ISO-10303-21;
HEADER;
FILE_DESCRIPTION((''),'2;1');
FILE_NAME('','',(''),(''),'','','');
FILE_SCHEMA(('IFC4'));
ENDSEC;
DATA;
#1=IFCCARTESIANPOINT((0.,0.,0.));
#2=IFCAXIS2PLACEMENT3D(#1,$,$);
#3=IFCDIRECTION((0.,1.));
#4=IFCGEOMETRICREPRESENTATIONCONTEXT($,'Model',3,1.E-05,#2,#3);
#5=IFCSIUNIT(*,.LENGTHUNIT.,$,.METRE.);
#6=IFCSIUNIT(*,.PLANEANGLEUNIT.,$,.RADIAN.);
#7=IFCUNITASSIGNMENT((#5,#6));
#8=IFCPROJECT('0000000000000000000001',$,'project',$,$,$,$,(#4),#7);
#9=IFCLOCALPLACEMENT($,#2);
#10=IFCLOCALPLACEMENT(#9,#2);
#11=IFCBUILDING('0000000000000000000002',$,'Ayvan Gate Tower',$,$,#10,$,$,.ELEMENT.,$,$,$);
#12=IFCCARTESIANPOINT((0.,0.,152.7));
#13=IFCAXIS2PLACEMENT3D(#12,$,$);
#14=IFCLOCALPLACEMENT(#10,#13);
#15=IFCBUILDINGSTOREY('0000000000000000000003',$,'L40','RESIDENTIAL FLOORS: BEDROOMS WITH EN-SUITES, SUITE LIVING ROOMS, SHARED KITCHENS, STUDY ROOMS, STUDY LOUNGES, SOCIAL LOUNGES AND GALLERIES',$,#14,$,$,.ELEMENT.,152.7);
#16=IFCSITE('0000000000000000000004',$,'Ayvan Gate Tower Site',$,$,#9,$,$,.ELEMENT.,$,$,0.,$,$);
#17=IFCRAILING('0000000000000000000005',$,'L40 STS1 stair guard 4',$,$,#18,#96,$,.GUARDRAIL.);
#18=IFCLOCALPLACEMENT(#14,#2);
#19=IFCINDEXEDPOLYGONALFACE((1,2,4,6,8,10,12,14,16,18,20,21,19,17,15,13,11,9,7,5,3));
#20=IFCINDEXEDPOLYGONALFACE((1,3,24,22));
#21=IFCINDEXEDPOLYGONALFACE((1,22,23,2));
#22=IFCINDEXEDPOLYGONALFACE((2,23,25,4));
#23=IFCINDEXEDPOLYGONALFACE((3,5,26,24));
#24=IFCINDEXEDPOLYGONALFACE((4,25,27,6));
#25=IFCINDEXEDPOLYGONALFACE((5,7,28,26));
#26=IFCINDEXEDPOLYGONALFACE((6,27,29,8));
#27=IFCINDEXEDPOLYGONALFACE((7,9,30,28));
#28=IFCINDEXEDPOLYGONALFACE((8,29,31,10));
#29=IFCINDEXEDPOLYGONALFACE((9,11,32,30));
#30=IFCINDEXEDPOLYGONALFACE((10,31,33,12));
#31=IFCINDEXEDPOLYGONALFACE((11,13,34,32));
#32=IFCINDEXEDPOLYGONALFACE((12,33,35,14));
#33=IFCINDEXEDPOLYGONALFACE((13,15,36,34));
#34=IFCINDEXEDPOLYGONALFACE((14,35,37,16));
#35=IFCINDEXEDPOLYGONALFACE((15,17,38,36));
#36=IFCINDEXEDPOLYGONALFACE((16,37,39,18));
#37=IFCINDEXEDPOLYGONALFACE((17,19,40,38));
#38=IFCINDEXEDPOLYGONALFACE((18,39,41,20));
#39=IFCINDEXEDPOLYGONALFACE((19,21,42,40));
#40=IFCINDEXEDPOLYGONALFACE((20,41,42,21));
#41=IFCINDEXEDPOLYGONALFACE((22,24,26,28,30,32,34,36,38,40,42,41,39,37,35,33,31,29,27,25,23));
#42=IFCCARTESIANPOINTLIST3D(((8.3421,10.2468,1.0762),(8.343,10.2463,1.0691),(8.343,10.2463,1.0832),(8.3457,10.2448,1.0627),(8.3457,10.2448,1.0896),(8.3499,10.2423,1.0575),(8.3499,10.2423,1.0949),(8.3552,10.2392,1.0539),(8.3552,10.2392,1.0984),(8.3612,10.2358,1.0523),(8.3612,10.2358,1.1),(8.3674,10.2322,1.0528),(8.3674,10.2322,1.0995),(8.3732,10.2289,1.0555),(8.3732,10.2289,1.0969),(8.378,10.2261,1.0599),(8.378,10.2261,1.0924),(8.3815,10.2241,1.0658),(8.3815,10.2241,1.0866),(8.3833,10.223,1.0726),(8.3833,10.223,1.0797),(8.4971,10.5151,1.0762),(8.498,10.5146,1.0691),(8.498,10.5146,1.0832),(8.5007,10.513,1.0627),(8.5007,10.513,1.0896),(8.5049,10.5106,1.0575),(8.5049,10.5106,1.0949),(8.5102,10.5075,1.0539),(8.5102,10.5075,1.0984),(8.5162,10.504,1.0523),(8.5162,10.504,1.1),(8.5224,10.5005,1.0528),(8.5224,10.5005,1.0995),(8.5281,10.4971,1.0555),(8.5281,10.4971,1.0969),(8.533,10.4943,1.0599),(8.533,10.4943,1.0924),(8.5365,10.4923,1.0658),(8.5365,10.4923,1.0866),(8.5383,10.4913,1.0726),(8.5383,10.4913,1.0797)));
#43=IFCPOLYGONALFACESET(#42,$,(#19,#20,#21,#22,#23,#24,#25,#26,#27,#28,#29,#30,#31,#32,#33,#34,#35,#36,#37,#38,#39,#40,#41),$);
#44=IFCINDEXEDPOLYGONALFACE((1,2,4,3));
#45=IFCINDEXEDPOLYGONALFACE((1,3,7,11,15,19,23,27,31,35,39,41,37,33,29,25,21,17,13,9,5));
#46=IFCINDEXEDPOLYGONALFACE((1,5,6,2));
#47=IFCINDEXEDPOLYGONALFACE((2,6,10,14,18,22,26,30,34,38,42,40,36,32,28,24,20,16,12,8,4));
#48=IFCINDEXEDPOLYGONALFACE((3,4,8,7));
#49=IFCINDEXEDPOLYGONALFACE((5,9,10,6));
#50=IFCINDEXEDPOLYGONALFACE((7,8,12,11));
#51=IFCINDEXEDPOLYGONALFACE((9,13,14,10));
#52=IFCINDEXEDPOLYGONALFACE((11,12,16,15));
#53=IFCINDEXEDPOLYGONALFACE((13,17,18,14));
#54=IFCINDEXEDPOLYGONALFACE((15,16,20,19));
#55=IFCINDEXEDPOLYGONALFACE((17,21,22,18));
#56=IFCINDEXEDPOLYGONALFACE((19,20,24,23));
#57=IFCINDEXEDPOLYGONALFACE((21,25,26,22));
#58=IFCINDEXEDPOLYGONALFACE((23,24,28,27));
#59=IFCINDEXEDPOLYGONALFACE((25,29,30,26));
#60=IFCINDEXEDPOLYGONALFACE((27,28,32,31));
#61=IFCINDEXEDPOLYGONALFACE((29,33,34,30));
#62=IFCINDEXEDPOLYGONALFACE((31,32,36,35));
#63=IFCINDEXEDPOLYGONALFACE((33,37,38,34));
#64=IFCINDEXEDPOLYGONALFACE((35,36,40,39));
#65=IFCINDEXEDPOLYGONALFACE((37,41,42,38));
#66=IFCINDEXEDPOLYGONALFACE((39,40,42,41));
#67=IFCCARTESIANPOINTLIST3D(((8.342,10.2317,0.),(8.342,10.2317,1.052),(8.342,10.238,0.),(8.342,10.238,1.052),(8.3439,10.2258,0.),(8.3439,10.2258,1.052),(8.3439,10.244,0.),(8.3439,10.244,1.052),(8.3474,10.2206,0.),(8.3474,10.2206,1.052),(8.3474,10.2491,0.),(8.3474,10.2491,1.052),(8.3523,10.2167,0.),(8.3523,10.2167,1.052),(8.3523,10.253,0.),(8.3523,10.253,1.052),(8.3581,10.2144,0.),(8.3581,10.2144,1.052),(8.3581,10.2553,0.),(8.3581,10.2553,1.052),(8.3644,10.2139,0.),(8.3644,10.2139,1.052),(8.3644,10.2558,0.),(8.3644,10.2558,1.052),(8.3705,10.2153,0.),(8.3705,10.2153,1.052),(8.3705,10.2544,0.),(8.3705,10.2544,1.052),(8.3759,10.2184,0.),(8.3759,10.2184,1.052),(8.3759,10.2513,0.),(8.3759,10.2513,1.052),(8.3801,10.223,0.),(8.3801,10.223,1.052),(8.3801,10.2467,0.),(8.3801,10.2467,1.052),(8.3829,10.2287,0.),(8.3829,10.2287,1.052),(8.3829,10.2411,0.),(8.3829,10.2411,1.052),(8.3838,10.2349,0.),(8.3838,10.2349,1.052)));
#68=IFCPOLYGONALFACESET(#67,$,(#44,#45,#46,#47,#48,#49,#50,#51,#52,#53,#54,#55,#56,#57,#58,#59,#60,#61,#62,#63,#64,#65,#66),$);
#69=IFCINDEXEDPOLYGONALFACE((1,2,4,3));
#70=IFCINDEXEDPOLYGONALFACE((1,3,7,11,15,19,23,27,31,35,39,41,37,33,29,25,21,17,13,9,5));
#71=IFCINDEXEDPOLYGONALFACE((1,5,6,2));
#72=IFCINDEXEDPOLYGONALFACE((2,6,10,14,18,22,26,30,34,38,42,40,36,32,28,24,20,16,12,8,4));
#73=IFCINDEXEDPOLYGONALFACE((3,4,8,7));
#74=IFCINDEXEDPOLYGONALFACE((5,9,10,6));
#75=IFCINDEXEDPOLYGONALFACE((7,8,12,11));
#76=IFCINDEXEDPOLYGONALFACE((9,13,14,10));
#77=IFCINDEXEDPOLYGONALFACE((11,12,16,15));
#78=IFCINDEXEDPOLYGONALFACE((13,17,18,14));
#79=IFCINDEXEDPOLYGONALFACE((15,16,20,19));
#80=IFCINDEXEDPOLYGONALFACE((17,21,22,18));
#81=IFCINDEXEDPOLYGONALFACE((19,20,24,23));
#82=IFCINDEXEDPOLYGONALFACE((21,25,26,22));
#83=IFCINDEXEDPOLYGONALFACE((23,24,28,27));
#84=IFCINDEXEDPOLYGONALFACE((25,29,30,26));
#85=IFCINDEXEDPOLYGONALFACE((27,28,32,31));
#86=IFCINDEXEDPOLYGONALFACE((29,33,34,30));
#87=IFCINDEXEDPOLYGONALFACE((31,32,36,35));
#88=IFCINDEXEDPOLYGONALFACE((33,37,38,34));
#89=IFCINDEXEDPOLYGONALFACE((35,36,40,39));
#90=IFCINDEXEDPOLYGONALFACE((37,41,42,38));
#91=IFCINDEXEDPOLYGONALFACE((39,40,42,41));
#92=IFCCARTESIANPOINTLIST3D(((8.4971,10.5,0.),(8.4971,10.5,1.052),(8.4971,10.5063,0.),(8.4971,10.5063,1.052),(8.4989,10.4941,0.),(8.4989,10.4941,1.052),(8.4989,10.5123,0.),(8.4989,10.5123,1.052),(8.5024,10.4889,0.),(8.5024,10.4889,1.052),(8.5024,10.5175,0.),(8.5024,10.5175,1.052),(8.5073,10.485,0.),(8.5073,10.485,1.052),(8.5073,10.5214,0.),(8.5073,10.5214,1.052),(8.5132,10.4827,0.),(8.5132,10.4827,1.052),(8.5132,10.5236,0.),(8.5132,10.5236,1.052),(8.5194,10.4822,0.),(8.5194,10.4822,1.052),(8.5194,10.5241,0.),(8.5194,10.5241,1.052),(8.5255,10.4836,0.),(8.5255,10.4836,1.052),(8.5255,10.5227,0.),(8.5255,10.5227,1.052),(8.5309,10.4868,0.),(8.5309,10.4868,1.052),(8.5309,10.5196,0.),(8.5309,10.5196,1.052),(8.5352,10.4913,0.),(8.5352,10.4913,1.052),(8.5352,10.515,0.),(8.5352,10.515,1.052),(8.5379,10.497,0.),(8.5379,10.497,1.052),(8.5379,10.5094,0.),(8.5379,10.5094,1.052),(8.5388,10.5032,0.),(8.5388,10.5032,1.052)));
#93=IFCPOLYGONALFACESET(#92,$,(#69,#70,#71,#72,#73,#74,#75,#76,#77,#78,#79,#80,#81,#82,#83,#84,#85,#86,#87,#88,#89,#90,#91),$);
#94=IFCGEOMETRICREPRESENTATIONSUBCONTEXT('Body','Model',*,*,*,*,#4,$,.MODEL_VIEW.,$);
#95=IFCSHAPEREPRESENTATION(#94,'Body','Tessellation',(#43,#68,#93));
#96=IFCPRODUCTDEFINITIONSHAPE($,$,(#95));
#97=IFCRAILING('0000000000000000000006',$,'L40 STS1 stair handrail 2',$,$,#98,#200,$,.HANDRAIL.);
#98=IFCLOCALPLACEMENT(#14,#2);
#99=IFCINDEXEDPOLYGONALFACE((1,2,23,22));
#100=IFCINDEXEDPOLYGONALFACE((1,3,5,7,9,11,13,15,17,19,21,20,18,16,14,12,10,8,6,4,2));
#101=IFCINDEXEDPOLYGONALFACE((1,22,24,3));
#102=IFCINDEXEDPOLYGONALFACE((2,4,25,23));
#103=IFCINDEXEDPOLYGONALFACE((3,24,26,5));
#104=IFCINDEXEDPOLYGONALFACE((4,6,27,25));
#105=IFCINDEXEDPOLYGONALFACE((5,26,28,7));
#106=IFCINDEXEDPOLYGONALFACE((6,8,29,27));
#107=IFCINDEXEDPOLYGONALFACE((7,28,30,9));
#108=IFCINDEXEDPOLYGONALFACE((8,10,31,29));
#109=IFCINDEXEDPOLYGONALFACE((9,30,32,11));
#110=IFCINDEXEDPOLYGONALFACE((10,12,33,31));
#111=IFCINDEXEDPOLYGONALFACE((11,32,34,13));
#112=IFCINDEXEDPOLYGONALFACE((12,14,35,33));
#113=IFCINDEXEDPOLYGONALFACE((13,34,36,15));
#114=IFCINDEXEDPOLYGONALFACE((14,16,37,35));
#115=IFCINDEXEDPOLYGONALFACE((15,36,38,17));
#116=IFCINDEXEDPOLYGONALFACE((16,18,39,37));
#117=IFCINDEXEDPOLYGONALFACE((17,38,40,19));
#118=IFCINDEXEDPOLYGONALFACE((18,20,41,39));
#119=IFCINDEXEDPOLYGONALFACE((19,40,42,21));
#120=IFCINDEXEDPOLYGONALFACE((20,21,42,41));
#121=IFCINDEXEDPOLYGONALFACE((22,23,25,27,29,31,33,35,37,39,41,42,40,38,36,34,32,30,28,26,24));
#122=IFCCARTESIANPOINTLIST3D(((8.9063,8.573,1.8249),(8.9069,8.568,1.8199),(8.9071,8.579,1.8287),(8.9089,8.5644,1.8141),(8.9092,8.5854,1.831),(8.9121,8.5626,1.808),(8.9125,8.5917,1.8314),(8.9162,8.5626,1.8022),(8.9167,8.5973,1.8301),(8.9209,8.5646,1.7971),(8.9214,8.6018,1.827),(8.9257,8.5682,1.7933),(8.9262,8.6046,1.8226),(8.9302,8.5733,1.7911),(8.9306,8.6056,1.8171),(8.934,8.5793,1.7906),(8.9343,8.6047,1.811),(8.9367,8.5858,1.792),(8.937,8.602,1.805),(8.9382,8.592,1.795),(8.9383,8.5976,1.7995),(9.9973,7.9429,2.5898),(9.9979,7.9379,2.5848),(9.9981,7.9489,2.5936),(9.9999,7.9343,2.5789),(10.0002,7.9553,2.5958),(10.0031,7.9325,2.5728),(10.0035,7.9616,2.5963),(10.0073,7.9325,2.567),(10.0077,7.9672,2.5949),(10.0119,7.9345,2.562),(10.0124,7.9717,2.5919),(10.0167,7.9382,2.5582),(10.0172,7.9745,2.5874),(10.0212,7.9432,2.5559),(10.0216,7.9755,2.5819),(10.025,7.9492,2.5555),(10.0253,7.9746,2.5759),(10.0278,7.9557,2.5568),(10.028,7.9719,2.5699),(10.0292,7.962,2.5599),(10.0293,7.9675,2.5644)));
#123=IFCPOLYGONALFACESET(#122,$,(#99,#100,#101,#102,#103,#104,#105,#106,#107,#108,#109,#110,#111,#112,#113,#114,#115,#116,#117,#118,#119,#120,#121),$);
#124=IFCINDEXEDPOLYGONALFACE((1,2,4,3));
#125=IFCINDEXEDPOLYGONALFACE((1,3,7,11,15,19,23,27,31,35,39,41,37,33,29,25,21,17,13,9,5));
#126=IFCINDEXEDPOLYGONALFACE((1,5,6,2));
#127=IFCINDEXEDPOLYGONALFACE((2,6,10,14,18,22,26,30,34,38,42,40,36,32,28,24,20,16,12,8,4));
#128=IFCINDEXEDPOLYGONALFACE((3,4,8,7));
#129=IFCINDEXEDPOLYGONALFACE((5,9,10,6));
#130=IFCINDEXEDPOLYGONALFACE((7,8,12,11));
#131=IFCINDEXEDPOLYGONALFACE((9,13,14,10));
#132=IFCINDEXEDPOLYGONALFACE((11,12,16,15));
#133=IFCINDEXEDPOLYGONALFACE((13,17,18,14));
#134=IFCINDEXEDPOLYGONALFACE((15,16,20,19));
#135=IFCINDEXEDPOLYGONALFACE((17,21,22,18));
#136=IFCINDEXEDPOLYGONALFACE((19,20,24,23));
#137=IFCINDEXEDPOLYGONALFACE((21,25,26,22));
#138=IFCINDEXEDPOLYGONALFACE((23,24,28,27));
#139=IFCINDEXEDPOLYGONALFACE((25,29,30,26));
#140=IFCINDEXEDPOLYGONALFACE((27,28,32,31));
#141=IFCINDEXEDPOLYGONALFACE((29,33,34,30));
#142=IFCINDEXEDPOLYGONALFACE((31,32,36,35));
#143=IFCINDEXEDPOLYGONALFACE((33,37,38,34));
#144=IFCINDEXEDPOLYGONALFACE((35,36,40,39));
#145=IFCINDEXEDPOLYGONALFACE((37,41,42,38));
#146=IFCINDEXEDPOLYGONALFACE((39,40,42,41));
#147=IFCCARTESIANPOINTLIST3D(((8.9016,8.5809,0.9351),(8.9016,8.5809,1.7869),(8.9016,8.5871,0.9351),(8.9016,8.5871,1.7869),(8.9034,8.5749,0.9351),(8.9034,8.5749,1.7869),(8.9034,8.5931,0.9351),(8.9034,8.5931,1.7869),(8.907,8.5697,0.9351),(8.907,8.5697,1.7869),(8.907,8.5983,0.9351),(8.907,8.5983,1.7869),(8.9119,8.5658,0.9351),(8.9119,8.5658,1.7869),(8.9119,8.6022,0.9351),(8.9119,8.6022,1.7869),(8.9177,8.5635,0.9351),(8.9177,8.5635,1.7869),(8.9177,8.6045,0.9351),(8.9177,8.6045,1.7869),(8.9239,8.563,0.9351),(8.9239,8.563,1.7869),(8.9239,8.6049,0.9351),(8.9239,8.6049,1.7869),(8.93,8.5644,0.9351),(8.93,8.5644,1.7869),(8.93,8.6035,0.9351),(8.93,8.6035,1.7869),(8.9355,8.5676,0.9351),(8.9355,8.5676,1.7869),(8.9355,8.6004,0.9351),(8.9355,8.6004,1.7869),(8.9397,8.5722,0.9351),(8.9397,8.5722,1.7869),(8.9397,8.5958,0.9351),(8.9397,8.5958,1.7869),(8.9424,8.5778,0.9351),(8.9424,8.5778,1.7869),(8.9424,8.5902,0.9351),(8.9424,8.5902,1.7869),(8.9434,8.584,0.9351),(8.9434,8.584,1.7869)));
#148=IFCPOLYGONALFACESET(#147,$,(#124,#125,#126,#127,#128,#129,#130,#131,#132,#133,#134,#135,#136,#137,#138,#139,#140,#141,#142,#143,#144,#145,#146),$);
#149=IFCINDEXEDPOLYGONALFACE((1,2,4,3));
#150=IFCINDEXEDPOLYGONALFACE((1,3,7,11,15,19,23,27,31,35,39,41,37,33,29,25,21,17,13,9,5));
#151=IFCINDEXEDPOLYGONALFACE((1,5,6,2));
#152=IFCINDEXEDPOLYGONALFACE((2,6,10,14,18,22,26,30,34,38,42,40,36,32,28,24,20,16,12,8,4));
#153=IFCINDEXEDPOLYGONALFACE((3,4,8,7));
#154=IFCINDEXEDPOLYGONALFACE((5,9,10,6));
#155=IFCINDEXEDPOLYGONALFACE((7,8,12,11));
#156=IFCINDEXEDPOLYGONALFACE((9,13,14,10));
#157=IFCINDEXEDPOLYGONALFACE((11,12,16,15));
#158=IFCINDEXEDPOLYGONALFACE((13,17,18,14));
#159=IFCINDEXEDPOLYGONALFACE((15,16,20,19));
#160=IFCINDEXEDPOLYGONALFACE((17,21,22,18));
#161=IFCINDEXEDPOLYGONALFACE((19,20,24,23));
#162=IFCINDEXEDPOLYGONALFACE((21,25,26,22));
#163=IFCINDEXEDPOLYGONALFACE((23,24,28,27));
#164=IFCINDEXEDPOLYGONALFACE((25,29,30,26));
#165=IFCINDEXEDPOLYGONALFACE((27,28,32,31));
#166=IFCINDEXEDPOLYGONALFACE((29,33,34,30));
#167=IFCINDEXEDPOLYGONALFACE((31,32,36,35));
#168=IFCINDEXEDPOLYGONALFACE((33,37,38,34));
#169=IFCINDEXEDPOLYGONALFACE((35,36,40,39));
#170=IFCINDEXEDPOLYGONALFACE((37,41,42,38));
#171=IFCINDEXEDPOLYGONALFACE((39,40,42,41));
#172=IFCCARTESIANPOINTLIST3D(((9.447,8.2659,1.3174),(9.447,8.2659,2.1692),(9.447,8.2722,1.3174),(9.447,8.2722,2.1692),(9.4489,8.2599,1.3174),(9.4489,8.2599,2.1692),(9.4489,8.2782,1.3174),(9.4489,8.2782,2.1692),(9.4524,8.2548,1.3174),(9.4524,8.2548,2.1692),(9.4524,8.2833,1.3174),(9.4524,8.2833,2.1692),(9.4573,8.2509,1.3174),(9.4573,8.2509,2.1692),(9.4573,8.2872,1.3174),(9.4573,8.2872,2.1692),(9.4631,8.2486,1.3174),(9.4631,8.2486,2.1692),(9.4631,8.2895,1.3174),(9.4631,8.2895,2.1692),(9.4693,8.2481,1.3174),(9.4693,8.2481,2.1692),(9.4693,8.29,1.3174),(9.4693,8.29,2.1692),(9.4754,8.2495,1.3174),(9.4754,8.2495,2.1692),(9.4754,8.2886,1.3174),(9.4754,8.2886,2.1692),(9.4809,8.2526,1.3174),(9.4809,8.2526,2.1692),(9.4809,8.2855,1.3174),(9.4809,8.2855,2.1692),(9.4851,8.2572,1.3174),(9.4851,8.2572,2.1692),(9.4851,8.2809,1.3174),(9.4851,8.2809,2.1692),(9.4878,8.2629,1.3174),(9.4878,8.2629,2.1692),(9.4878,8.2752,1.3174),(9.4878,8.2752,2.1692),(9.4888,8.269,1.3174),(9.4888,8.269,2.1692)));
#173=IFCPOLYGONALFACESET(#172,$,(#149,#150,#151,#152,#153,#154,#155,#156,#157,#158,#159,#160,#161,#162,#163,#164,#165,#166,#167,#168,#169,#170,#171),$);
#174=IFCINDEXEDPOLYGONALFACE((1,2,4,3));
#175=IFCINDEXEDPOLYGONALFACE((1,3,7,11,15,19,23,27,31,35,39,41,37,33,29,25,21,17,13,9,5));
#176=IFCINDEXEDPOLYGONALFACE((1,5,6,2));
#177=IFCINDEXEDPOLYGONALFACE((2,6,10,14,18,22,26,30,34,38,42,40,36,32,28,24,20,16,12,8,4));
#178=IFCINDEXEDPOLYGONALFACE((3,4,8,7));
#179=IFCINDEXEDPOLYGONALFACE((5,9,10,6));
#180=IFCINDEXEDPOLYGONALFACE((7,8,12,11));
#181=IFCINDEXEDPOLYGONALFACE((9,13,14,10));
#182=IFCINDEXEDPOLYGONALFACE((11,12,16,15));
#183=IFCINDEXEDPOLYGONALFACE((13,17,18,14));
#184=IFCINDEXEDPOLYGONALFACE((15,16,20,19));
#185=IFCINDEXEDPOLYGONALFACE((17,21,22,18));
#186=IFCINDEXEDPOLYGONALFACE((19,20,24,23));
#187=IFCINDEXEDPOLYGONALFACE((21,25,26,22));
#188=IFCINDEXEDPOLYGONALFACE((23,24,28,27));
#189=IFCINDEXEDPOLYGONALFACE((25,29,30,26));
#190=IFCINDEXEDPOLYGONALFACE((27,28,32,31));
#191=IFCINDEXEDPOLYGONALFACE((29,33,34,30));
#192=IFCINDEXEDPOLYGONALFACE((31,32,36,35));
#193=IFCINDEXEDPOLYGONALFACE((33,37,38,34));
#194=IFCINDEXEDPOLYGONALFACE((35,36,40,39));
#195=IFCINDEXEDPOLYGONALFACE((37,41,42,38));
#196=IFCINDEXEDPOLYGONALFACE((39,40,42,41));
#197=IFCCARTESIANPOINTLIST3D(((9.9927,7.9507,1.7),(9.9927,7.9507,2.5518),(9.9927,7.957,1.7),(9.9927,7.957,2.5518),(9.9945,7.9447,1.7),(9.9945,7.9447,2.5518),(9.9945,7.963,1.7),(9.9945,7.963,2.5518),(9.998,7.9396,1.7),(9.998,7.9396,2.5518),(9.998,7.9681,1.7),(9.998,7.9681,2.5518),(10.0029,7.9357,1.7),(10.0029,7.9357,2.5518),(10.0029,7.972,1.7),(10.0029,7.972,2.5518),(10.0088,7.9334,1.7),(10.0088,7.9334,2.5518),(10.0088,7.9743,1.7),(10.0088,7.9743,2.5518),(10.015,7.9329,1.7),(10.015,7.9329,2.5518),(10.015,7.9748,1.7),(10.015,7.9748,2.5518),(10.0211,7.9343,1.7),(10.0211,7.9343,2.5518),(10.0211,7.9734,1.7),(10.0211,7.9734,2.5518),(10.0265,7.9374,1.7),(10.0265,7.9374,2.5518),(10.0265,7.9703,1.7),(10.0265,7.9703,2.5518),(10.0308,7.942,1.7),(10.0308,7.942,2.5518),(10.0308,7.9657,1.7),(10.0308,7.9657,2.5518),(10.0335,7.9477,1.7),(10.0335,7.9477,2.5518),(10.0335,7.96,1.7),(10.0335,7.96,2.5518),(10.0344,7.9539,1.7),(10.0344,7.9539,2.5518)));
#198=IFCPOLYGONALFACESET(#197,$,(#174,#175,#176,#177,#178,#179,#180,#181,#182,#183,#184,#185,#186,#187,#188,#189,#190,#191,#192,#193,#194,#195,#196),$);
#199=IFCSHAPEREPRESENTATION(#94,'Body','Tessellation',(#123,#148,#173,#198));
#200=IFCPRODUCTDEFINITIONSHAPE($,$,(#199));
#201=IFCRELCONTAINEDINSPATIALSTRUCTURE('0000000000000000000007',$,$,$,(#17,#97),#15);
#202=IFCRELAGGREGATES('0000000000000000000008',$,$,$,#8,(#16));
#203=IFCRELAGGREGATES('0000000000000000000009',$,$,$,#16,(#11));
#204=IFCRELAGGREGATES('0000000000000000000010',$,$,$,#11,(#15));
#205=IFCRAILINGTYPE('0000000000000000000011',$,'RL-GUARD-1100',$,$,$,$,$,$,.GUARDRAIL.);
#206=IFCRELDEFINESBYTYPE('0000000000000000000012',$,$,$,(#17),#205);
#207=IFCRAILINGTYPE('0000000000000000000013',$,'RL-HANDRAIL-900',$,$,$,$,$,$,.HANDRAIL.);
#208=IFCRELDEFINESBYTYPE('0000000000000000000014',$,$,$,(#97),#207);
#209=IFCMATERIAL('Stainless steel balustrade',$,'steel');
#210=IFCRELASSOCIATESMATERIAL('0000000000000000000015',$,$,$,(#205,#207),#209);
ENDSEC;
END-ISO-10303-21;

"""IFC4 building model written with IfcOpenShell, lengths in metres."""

from ifc_helpers import new_model, si_unit, direction, frame, origin, origin_2d, place, context, subcontext, project, spatial, circle, extrude, material, type_object, element, save


model = new_model("IFC4")

# Units and contexts
model_context = context("Model", 3, precision=1e-05, world=origin(), true_north=direction((0.0, 1.0)))
body_context = subcontext(model_context, "Body", "Model", "MODEL_VIEW")
ifc_project = project(units=[si_unit("LENGTHUNIT", "METRE"), si_unit("PLANEANGLEUNIT", "RADIAN")], contexts=[model_context])

# Site, building, storey
site_placement = place(None, origin())
site = spatial("IfcSite", under=ifc_project, at=site_placement, Name="Ayvan Gate Tower Site", CompositionType="ELEMENT", RefElevation=0.0)
building_placement = place(site_placement, origin())
building = spatial("IfcBuilding", under=site, at=building_placement, Name="Ayvan Gate Tower", CompositionType="ELEMENT")
storey_placement = place(building_placement, frame((0.0, 0.0, 152.7)))
storey = spatial("IfcBuildingStorey", under=building, at=storey_placement, Name="L40", Description="RESIDENTIAL FLOORS: BEDROOMS WITH EN-SUITES, SUITE LIVING ROOMS, SHARED KITCHENS, STUDY ROOMS, STUDY LOUNGES, SOCIAL LOUNGES AND GALLERIES", CompositionType="ELEMENT", Elevation=152.7)

# Railings
ifc_material_1 = material(Name="Stainless steel balustrade", Category="steel")
railing_type_1 = type_object("IfcRailingType", Name="RL-GUARD-1100", PredefinedType="GUARDRAIL", material=ifc_material_1)
railing_1_placement = place(storey_placement, frame((8.3628, 10.2349, 0.0)))
element("IfcRailing", 1, at=railing_1_placement, inside=storey, type_object=railing_type_1, Name="L40 STS1 stair guard 4", PredefinedType="GUARDRAIL", context=body_context, shape_type="SweptSolid", body=[
    extrude(circle(Radius=0.0239, at=origin_2d()), frame((0.0, 0.0, 1.0762), z_axis=(0.500291, 0.865857, 0.0), x_axis=(-0.865857, 0.500291, 0.0)), (0.0, 0.0, 1.0), 0.3098),
    extrude(circle(Radius=0.021, at=origin_2d()), origin(), (0.0, 0.0, 1.0), 1.052),
    extrude(circle(Radius=0.021, at=origin_2d()), frame((0.155, 0.2683, 0.0)), (0.0, 0.0, 1.0), 1.052),
])
railing_type_2 = type_object("IfcRailingType", Name="RL-HANDRAIL-900", PredefinedType="HANDRAIL", material=ifc_material_1)
railing_2_placement = place(storey_placement, frame((8.9224, 8.584, 0.9351)))
element("IfcRailing", 2, at=railing_2_placement, inside=storey, type_object=railing_type_2, Name="L40 STS1 stair handrail 2", PredefinedType="HANDRAIL", context=body_context, shape_type="SweptSolid", body=[
    extrude(circle(Radius=0.0239, at=origin_2d()), frame((0.0, 0.0, 0.876), z_axis=(0.740229, -0.427508, 0.518939), x_axis=(0.500119, 0.865956, 0.0)), (0.0, 0.0, 1.0), 1.4739),
    extrude(circle(Radius=0.021, at=origin_2d()), origin(), (0.0, 0.0, 1.0), 0.8518),
    extrude(circle(Radius=0.021, at=origin_2d()), frame((0.5454, -0.3149, 0.3823)), (0.0, 0.0, 1.0), 0.8518),
    extrude(circle(Radius=0.021, at=origin_2d()), frame((1.0911, -0.6301, 0.7649)), (0.0, 0.0, 1.0), 0.8518),
])

save(model, "model.ifc")
